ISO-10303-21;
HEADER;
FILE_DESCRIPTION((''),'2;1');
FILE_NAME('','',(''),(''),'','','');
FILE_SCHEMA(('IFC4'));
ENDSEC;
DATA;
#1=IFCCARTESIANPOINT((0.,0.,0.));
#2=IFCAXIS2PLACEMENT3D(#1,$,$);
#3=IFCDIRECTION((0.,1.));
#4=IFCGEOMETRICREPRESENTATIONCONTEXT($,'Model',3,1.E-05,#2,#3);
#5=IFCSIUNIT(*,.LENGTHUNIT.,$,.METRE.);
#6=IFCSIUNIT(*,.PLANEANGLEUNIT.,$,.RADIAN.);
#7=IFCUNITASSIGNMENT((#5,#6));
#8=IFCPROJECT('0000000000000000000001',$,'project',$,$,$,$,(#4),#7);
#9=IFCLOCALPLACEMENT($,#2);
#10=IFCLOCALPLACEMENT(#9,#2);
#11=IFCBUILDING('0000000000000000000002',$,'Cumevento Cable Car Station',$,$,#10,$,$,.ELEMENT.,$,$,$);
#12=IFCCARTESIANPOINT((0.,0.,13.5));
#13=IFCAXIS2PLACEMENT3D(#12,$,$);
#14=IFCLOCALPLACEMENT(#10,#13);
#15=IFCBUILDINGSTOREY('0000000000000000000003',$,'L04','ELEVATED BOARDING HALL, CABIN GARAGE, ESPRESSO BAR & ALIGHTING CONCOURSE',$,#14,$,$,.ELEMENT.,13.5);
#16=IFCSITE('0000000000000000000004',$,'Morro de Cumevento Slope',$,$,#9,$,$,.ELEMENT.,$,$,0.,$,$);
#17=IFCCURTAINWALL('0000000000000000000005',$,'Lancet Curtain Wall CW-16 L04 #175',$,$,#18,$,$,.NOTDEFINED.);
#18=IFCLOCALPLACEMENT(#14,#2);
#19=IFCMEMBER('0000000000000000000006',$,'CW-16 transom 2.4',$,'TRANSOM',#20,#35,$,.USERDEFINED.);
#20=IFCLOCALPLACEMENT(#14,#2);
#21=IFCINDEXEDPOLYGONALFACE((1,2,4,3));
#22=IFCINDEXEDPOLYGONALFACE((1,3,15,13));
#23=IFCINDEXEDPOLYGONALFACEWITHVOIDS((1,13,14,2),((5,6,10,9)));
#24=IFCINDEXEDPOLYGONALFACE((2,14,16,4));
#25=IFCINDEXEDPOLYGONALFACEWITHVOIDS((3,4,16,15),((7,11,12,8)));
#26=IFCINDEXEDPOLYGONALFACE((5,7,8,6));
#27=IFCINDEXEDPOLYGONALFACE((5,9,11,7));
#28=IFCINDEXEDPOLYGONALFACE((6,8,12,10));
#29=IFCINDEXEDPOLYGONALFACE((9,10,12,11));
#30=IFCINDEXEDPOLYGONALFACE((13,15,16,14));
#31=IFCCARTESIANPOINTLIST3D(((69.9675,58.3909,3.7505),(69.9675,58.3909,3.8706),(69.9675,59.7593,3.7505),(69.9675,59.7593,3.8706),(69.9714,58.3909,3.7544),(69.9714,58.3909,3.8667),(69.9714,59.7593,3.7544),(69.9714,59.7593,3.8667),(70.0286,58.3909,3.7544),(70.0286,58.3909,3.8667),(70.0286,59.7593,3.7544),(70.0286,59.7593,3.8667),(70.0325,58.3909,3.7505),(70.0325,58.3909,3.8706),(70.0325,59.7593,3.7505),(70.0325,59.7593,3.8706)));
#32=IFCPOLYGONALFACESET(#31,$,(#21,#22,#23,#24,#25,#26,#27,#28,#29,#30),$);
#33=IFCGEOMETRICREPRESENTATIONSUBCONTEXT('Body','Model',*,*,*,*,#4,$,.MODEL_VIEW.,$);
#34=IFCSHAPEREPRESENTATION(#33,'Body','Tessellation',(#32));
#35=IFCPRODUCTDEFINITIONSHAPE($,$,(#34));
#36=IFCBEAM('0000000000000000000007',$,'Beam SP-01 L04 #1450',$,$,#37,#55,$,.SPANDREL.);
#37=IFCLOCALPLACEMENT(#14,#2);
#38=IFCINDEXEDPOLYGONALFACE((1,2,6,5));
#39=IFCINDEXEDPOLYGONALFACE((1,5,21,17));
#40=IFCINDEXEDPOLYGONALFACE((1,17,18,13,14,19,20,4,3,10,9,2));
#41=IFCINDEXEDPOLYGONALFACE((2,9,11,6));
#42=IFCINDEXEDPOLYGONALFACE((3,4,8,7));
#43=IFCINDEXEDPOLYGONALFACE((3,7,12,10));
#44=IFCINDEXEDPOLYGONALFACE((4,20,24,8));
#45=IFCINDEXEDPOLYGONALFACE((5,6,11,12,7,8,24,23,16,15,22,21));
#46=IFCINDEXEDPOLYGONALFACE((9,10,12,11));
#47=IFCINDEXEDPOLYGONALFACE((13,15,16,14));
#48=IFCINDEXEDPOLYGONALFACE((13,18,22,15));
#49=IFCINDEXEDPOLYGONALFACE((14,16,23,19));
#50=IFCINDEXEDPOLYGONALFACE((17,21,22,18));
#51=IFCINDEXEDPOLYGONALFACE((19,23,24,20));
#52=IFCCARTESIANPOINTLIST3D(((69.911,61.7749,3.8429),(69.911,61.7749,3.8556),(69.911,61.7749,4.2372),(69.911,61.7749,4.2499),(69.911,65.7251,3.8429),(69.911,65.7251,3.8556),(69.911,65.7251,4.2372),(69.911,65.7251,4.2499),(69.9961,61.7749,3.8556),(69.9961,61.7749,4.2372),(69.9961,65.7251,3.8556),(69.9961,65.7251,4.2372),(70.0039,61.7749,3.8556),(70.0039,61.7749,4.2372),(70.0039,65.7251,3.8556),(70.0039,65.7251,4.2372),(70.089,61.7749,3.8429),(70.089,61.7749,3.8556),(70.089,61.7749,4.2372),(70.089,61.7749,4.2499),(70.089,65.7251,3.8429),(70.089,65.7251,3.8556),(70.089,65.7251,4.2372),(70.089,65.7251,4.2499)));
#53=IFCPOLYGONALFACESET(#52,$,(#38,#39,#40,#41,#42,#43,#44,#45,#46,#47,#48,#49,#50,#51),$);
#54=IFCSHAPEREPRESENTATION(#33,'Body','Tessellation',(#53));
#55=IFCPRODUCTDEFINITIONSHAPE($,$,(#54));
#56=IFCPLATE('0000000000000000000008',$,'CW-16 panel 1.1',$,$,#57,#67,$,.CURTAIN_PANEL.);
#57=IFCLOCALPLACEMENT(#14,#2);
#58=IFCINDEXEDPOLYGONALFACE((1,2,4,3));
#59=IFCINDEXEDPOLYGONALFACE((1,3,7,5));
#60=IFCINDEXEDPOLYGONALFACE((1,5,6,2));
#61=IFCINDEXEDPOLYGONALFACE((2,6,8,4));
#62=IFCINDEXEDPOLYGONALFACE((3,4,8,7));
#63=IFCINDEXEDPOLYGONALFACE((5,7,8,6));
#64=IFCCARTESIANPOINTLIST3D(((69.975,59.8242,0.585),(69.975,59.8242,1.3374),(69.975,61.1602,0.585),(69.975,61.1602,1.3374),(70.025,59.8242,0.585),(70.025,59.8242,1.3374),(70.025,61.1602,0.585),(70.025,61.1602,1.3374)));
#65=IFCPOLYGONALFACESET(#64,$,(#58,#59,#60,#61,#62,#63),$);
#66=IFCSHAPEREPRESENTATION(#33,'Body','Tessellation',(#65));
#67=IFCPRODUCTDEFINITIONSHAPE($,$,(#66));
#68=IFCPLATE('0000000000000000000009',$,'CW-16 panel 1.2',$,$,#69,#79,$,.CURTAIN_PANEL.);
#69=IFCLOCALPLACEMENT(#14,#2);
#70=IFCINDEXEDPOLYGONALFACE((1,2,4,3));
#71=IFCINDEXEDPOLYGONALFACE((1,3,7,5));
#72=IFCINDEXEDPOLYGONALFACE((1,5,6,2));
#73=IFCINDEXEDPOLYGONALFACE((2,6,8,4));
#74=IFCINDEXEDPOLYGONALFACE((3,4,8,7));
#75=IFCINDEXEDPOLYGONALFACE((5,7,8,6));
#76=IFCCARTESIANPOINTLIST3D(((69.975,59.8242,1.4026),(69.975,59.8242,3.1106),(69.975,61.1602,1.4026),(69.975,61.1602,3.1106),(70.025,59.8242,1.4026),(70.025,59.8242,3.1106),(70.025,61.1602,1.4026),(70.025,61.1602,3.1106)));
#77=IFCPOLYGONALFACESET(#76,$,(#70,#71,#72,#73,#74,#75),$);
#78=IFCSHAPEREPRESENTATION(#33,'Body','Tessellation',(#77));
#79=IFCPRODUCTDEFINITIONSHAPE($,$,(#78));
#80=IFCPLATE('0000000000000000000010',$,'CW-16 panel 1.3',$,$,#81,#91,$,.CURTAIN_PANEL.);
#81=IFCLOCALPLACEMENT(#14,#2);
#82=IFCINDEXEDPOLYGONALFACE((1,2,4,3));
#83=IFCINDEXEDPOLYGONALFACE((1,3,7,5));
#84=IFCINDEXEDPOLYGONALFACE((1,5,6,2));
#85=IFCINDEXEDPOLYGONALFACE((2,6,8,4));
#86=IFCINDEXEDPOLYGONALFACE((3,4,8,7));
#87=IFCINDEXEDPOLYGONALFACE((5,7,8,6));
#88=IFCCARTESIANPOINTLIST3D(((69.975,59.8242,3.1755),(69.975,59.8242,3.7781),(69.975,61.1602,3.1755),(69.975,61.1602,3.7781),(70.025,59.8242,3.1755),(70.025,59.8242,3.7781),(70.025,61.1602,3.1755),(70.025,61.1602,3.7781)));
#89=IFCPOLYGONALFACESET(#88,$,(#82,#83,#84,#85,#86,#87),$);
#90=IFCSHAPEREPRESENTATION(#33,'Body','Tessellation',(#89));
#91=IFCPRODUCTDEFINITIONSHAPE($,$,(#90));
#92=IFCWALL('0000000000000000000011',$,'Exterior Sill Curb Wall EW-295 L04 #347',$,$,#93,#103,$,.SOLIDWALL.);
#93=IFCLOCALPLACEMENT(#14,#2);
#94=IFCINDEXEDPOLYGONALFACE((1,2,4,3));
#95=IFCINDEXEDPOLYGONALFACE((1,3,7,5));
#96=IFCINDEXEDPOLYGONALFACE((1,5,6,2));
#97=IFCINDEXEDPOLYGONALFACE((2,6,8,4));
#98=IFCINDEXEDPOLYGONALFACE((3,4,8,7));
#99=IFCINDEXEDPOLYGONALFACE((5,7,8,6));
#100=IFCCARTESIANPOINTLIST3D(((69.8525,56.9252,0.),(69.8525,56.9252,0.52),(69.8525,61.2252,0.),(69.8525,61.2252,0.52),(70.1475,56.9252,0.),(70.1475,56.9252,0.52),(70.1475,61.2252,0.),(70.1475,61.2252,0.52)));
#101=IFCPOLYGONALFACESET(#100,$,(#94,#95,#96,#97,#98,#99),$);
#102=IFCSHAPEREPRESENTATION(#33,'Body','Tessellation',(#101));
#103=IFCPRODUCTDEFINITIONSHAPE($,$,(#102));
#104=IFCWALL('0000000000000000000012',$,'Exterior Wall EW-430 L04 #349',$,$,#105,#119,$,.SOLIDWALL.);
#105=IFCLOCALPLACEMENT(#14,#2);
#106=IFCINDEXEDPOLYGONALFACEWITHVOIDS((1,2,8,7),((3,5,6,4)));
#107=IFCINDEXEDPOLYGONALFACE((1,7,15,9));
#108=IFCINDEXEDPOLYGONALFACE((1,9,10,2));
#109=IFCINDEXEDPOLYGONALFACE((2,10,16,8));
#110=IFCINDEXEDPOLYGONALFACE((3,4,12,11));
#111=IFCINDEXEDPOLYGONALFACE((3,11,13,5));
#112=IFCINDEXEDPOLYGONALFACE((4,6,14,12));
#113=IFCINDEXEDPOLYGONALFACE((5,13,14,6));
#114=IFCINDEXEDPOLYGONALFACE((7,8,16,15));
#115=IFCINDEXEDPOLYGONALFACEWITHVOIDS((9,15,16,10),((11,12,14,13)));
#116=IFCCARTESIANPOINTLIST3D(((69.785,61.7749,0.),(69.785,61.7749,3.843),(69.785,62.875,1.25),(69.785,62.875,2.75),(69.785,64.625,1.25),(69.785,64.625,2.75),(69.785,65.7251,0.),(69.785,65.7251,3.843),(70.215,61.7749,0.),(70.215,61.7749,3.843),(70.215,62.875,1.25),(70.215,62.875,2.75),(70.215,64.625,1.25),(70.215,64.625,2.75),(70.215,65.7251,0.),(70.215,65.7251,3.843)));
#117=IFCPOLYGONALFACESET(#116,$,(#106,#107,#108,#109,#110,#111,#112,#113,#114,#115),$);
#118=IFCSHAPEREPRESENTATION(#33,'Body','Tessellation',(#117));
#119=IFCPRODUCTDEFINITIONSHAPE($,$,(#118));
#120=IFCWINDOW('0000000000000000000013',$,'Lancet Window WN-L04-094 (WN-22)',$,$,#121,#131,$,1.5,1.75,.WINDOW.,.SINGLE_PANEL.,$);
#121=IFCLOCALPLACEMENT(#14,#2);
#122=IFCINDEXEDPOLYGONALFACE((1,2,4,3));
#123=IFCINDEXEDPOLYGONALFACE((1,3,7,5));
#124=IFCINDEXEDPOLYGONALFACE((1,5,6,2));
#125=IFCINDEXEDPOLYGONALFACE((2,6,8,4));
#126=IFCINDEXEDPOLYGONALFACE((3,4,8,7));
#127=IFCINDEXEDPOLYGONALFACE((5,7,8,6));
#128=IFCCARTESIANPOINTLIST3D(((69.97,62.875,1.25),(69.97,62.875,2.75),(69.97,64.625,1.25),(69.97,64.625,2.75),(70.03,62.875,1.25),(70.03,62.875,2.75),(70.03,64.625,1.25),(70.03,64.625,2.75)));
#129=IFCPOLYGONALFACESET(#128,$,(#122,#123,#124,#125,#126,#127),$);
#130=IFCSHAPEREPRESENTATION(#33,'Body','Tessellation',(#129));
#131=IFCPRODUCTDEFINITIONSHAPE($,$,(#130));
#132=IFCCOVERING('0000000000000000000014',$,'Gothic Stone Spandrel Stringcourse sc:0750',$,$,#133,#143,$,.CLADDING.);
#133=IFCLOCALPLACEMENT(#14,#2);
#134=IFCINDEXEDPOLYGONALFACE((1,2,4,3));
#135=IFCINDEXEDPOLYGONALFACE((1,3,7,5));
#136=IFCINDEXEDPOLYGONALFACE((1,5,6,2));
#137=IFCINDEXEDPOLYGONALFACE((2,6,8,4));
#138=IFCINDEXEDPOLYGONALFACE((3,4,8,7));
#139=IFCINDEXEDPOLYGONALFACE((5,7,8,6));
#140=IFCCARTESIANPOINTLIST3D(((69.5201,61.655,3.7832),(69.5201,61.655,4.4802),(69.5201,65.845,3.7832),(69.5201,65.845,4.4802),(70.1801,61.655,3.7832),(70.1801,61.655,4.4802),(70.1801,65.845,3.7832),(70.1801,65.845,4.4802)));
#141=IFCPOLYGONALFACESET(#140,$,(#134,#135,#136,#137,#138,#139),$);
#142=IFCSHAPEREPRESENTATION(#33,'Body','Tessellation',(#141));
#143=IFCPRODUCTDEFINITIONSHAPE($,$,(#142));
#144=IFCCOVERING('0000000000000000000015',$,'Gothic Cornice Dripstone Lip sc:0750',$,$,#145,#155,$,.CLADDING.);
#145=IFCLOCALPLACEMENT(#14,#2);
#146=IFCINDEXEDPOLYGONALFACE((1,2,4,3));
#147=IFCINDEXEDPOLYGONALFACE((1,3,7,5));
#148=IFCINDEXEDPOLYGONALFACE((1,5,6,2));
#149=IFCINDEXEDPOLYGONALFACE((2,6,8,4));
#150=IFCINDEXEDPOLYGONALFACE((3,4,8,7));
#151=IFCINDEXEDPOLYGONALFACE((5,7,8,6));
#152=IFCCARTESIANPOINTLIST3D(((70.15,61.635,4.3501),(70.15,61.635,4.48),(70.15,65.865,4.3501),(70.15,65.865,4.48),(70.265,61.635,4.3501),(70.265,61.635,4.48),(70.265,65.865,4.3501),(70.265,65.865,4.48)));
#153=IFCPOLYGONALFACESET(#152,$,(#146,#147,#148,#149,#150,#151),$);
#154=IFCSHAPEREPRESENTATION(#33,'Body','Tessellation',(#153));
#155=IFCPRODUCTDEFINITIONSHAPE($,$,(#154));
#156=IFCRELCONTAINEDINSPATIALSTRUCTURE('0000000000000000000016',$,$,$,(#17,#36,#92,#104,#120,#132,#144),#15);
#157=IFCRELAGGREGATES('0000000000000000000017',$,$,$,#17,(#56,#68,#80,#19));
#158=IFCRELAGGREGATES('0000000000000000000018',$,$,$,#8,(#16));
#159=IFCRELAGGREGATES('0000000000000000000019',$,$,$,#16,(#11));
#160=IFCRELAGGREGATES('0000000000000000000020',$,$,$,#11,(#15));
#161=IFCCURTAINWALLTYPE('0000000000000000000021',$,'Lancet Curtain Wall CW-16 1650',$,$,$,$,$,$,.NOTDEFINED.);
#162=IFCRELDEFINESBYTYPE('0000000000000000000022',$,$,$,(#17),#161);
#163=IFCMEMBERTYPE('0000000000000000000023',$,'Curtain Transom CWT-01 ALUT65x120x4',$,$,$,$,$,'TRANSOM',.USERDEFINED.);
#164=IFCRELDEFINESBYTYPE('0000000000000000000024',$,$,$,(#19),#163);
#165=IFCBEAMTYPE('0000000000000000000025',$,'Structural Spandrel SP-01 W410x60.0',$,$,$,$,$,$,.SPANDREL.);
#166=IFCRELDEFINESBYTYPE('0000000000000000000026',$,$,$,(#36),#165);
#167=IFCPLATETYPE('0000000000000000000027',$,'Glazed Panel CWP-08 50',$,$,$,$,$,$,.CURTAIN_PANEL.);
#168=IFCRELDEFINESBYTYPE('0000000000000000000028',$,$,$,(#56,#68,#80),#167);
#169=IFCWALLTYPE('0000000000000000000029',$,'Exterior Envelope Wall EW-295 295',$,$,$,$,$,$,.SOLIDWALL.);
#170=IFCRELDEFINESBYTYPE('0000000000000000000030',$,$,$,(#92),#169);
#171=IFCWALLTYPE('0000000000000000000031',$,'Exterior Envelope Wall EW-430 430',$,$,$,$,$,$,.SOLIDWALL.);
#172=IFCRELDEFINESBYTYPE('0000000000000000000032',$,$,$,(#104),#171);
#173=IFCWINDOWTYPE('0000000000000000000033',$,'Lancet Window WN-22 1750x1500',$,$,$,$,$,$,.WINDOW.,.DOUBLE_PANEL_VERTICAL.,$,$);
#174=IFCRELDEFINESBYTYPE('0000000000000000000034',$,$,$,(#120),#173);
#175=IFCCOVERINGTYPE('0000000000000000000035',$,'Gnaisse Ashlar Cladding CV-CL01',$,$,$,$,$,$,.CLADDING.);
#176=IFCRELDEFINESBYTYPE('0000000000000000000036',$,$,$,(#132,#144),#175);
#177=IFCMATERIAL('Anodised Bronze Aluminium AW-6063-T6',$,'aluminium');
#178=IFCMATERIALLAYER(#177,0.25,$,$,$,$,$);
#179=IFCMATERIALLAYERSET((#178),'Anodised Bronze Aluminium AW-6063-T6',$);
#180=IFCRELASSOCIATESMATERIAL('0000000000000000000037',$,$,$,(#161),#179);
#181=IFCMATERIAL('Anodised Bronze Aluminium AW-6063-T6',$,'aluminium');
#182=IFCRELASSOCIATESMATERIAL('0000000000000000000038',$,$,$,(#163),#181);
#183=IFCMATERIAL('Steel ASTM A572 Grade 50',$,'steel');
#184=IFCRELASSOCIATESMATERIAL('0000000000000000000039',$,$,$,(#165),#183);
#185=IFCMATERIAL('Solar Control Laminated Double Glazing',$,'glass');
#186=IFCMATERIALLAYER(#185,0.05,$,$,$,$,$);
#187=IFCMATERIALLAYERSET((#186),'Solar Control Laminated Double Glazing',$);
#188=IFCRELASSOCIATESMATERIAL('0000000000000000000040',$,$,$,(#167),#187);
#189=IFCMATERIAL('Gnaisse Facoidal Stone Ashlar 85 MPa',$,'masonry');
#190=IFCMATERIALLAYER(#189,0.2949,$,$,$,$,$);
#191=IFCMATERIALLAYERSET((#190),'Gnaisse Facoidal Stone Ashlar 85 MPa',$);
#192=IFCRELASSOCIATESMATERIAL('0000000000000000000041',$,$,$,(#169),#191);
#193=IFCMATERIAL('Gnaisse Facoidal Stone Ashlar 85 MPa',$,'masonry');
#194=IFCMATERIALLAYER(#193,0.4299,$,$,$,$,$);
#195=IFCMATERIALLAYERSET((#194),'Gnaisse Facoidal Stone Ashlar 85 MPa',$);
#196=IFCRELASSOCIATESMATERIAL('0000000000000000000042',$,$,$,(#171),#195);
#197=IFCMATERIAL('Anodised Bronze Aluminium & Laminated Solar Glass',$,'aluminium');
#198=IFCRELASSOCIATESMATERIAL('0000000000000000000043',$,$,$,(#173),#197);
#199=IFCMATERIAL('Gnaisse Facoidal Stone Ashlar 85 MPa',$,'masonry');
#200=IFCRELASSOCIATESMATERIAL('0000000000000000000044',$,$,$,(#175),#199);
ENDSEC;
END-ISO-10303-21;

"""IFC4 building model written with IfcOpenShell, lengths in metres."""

from ifc_helpers import new_model, si_unit, direction, frame, frame_2d, origin, origin_2d, place, context, subcontext, project, spatial, rectangle, hollow_rectangle, i_section, extrude, material, layer, layer_set, material_profile, profile_set, type_object, element, fill, aggregate, save


model = new_model("IFC4")

# Units and contexts
model_context = context("Model", 3, precision=1e-05, world=origin(), true_north=direction((0.0, 1.0)))
body_context = subcontext(model_context, "Body", "Model", "MODEL_VIEW")
ifc_project = project(units=[si_unit("LENGTHUNIT", "METRE"), si_unit("PLANEANGLEUNIT", "RADIAN")], contexts=[model_context])

# Site, building, storey
site_placement = place(None, origin())
site = spatial("IfcSite", under=ifc_project, at=site_placement, Name="Morro de Cumevento Slope", CompositionType="ELEMENT", RefElevation=0.0)
building_placement = place(site_placement, origin())
building = spatial("IfcBuilding", under=site, at=building_placement, Name="Cumevento Cable Car Station", CompositionType="ELEMENT")
storey_placement = place(building_placement, frame((0.0, 0.0, 13.5)))
storey = spatial("IfcBuildingStorey", under=building, at=storey_placement, Name="L04", Description="ELEVATED BOARDING HALL, CABIN GARAGE, ESPRESSO BAR & ALIGHTING CONCOURSE", CompositionType="ELEMENT", Elevation=13.5)

# Curtain wall, member
ifc_material_1 = material(Name="Anodised Bronze Aluminium AW-6063-T6", Category="aluminium")
ifc_layer_1 = layer(ifc_material_1, 0.25)
ifc_layer_set_1 = layer_set([ifc_layer_1], Name="Anodised Bronze Aluminium AW-6063-T6")
curtain_wall_type_1 = type_object("IfcCurtainWallType", Name="Lancet Curtain Wall CW-16 1650", PredefinedType="NOTDEFINED", material=ifc_layer_set_1)
curtain_wall_1_placement = place(storey_placement, origin())
curtain_wall_1 = element("IfcCurtainWall", 1, at=curtain_wall_1_placement, inside=storey, type_object=curtain_wall_type_1, Name="Lancet Curtain Wall CW-16 L04 #175", PredefinedType="NOTDEFINED")
ifc_material_2 = material(Name="Anodised Bronze Aluminium AW-6063-T6", Category="aluminium")
ifc_material_profile_1 = material_profile(ifc_material_2, hollow_rectangle(XDim=0.0649, YDim=0.1201, WallThickness=0.0039, at=origin_2d()), Name="ALUT65x120x4")
ifc_profile_set_1 = profile_set([ifc_material_profile_1], Name="Anodised Bronze Aluminium AW-6063-T6")
member_type_1 = type_object("IfcMemberType", Name="Curtain Transom CWT-01 ALUT65x120x4", ElementType="TRANSOM", PredefinedType="USERDEFINED", material=ifc_profile_set_1)
member_1_placement = place(storey_placement, frame((70.0, 59.7593, 3.8105), z_axis=(0.0, -1.0, 0.0), x_axis=(1.0, 0.0, 0.0)))
member_1 = element("IfcMember", 2, at=member_1_placement, type_object=member_type_1, Name="CW-16 transom 2.4", ObjectType="TRANSOM", PredefinedType="USERDEFINED", context=body_context, shape_type="SweptSolid", body=[
    extrude(hollow_rectangle(XDim=0.0649, YDim=0.1201, WallThickness=0.0039, at=origin_2d()), origin(), (0.0, 0.0, 1.0), 1.3684),
])

# Beam
ifc_material_3 = material(Name="Steel ASTM A572 Grade 50", Category="steel")
ifc_material_profile_2 = material_profile(ifc_material_3, i_section(OverallWidth=0.178, OverallDepth=0.407, WebThickness=0.0078, FlangeThickness=0.0127, at=origin_2d()), Name="W410x60.0")
ifc_profile_set_2 = profile_set([ifc_material_profile_2], Name="Steel ASTM A572 Grade 50")
beam_type = type_object("IfcBeamType", Name="Structural Spandrel SP-01 W410x60.0", PredefinedType="SPANDREL", material=ifc_profile_set_2)
beam_placement = place(storey_placement, frame((70.0, 61.7749, 4.0464), z_axis=(0.0, 1.0, 0.0), x_axis=(-1.0, 0.0, 0.0)))
element("IfcBeam", 3, at=beam_placement, inside=storey, type_object=beam_type, Name="Beam SP-01 L04 #1450", PredefinedType="SPANDREL", context=body_context, shape_type="SweptSolid", body=[
    extrude(i_section(OverallWidth=0.178, OverallDepth=0.407, WebThickness=0.0078, FlangeThickness=0.0127, at=origin_2d()), origin(), (0.0, 0.0, 1.0), 3.9502),
])

# Plates
ifc_material_4 = material(Name="Solar Control Laminated Double Glazing", Category="glass")
ifc_layer_2 = layer(ifc_material_4, 0.05)
ifc_layer_set_2 = layer_set([ifc_layer_2], Name="Solar Control Laminated Double Glazing")
plate_type = type_object("IfcPlateType", Name="Glazed Panel CWP-08 50", PredefinedType="CURTAIN_PANEL", material=ifc_layer_set_2)
plate_1_placement = place(storey_placement, frame((70.0, 60.4922, 0.585), z_axis=(0.0, 0.0, 1.0), x_axis=(0.0, -1.0, 0.0)))
plate_1 = element("IfcPlate", 4, at=plate_1_placement, type_object=plate_type, Name="CW-16 panel 1.1", PredefinedType="CURTAIN_PANEL", context=body_context, shape_type="SweptSolid", body=[
    extrude(rectangle(XDim=1.3359, YDim=0.05, at=origin_2d()), origin(), (0.0, 0.0, 1.0), 0.7524),
])
plate_2_placement = place(storey_placement, frame((70.0, 60.4922, 1.4026), z_axis=(0.0, 0.0, 1.0), x_axis=(0.0, -1.0, 0.0)))
plate_2 = element("IfcPlate", 5, at=plate_2_placement, type_object=plate_type, Name="CW-16 panel 1.2", PredefinedType="CURTAIN_PANEL", context=body_context, shape_type="SweptSolid", body=[
    extrude(rectangle(XDim=1.3359, YDim=0.05, at=origin_2d()), origin(), (0.0, 0.0, 1.0), 1.708),
])
plate_3_placement = place(storey_placement, frame((70.0, 60.4922, 3.1755), z_axis=(0.0, 0.0, 1.0), x_axis=(0.0, -1.0, 0.0)))
plate_3 = element("IfcPlate", 6, at=plate_3_placement, type_object=plate_type, Name="CW-16 panel 1.3", PredefinedType="CURTAIN_PANEL", context=body_context, shape_type="SweptSolid", body=[
    extrude(rectangle(XDim=1.3359, YDim=0.05, at=origin_2d()), origin(), (0.0, 0.0, 1.0), 0.6025),
])
aggregate(curtain_wall_1, [plate_1, plate_2, plate_3, member_1])

# Wall
ifc_material_5 = material(Name="Gnaisse Facoidal Stone Ashlar 85 MPa", Category="masonry")
ifc_layer_3 = layer(ifc_material_5, 0.2949)
ifc_layer_set_3 = layer_set([ifc_layer_3], Name="Gnaisse Facoidal Stone Ashlar 85 MPa")
wall_type_1 = type_object("IfcWallType", Name="Exterior Envelope Wall EW-295 295", PredefinedType="SOLIDWALL", material=ifc_layer_set_3)
wall_1_placement = place(storey_placement, frame((70.0, 61.2251, 0.0), z_axis=(0.0, 0.0, 1.0), x_axis=(0.0, -1.0, 0.0)))
element("IfcWall", 7, at=wall_1_placement, inside=storey, type_object=wall_type_1, Name="Exterior Sill Curb Wall EW-295 L04 #347", PredefinedType="SOLIDWALL", context=body_context, shape_type="SweptSolid", body=[
    extrude(rectangle(XDim=4.3, YDim=0.2949, at=frame_2d((2.1499, 0.0))), origin(), (0.0, 0.0, 1.0), 0.52),
])

# Wall, opening, window
ifc_material_6 = material(Name="Gnaisse Facoidal Stone Ashlar 85 MPa", Category="masonry")
ifc_layer_4 = layer(ifc_material_6, 0.4299)
ifc_layer_set_4 = layer_set([ifc_layer_4], Name="Gnaisse Facoidal Stone Ashlar 85 MPa")
wall_type_2 = type_object("IfcWallType", Name="Exterior Envelope Wall EW-430 430", PredefinedType="SOLIDWALL", material=ifc_layer_set_4)
wall_2_placement = place(storey_placement, frame((70.0, 65.7251, 0.0), z_axis=(0.0, 0.0, 1.0), x_axis=(0.0, -1.0, 0.0)))
wall_2 = element("IfcWall", 8, at=wall_2_placement, inside=storey, type_object=wall_type_2, Name="Exterior Wall EW-430 L04 #349", PredefinedType="SOLIDWALL", context=body_context, shape_type="SweptSolid", body=[
    extrude(rectangle(XDim=3.9502, YDim=0.4299, at=frame_2d((1.9751, 0.0))), origin(), (0.0, 0.0, 1.0), 3.843),
])
opening_placement = place(wall_2_placement, frame((1.1001, 0.0, 1.25)))
opening = element("IfcOpeningElement", 9, at=opening_placement, cuts=wall_2, PredefinedType="OPENING", context=body_context, shape_type="SweptSolid", body=[
    extrude(rectangle(XDim=1.75, YDim=1.5, at=frame_2d((0.875, 0.75))), frame((0.0, 0.2249, 0.0), z_axis=(0.0, -1.0, 0.0), x_axis=(1.0, 0.0, 0.0)), (0.0, 0.0, 1.0), 0.45),
])
ifc_material_7 = material(Name="Anodised Bronze Aluminium & Laminated Solar Glass", Category="aluminium")
window_type = type_object("IfcWindowType", Name="Lancet Window WN-22 1750x1500", PartitioningType="DOUBLE_PANEL_VERTICAL", PredefinedType="WINDOW", material=ifc_material_7)
window_placement = place(opening_placement, origin())
window = element("IfcWindow", 10, at=window_placement, inside=storey, type_object=window_type, Name="Lancet Window WN-L04-094 (WN-22)", OverallHeight=1.5, OverallWidth=1.75, PartitioningType="SINGLE_PANEL", PredefinedType="WINDOW", context=body_context, shape_type="SweptSolid", body=[
    extrude(rectangle(XDim=1.75, YDim=1.5, at=frame_2d((0.875, 0.75))), frame((0.0, 0.03, 0.0), z_axis=(0.0, -1.0, 0.0), x_axis=(1.0, 0.0, 0.0)), (0.0, 0.0, 1.0), 0.0601),
])
fill(opening, window)

# Coverings
ifc_material_8 = material(Name="Gnaisse Facoidal Stone Ashlar 85 MPa", Category="masonry")
covering_type = type_object("IfcCoveringType", Name="Gnaisse Ashlar Cladding CV-CL01", PredefinedType="CLADDING", material=ifc_material_8)
covering_1_placement = place(storey_placement, frame((69.8501, 63.75, 3.7832), z_axis=(0.0, 0.0, 1.0), x_axis=(0.0, -1.0, 0.0)))
element("IfcCovering", 11, at=covering_1_placement, inside=storey, type_object=covering_type, Name="Gothic Stone Spandrel Stringcourse sc:0750", PredefinedType="CLADDING", context=body_context, shape_type="SweptSolid", body=[
    extrude(rectangle(XDim=4.1899, YDim=0.6599, at=origin_2d()), origin(), (0.0, 0.0, 1.0), 0.697),
])
covering_2_placement = place(storey_placement, frame((70.2075, 63.75, 4.3501), z_axis=(0.0, 0.0, 1.0), x_axis=(0.0, -1.0, 0.0)))
element("IfcCovering", 12, at=covering_2_placement, inside=storey, type_object=covering_type, Name="Gothic Cornice Dripstone Lip sc:0750", PredefinedType="CLADDING", context=body_context, shape_type="SweptSolid", body=[
    extrude(rectangle(XDim=4.23, YDim=0.115, at=origin_2d()), origin(), (0.0, 0.0, 1.0), 0.1299),
])

save(model, "model.ifc")
